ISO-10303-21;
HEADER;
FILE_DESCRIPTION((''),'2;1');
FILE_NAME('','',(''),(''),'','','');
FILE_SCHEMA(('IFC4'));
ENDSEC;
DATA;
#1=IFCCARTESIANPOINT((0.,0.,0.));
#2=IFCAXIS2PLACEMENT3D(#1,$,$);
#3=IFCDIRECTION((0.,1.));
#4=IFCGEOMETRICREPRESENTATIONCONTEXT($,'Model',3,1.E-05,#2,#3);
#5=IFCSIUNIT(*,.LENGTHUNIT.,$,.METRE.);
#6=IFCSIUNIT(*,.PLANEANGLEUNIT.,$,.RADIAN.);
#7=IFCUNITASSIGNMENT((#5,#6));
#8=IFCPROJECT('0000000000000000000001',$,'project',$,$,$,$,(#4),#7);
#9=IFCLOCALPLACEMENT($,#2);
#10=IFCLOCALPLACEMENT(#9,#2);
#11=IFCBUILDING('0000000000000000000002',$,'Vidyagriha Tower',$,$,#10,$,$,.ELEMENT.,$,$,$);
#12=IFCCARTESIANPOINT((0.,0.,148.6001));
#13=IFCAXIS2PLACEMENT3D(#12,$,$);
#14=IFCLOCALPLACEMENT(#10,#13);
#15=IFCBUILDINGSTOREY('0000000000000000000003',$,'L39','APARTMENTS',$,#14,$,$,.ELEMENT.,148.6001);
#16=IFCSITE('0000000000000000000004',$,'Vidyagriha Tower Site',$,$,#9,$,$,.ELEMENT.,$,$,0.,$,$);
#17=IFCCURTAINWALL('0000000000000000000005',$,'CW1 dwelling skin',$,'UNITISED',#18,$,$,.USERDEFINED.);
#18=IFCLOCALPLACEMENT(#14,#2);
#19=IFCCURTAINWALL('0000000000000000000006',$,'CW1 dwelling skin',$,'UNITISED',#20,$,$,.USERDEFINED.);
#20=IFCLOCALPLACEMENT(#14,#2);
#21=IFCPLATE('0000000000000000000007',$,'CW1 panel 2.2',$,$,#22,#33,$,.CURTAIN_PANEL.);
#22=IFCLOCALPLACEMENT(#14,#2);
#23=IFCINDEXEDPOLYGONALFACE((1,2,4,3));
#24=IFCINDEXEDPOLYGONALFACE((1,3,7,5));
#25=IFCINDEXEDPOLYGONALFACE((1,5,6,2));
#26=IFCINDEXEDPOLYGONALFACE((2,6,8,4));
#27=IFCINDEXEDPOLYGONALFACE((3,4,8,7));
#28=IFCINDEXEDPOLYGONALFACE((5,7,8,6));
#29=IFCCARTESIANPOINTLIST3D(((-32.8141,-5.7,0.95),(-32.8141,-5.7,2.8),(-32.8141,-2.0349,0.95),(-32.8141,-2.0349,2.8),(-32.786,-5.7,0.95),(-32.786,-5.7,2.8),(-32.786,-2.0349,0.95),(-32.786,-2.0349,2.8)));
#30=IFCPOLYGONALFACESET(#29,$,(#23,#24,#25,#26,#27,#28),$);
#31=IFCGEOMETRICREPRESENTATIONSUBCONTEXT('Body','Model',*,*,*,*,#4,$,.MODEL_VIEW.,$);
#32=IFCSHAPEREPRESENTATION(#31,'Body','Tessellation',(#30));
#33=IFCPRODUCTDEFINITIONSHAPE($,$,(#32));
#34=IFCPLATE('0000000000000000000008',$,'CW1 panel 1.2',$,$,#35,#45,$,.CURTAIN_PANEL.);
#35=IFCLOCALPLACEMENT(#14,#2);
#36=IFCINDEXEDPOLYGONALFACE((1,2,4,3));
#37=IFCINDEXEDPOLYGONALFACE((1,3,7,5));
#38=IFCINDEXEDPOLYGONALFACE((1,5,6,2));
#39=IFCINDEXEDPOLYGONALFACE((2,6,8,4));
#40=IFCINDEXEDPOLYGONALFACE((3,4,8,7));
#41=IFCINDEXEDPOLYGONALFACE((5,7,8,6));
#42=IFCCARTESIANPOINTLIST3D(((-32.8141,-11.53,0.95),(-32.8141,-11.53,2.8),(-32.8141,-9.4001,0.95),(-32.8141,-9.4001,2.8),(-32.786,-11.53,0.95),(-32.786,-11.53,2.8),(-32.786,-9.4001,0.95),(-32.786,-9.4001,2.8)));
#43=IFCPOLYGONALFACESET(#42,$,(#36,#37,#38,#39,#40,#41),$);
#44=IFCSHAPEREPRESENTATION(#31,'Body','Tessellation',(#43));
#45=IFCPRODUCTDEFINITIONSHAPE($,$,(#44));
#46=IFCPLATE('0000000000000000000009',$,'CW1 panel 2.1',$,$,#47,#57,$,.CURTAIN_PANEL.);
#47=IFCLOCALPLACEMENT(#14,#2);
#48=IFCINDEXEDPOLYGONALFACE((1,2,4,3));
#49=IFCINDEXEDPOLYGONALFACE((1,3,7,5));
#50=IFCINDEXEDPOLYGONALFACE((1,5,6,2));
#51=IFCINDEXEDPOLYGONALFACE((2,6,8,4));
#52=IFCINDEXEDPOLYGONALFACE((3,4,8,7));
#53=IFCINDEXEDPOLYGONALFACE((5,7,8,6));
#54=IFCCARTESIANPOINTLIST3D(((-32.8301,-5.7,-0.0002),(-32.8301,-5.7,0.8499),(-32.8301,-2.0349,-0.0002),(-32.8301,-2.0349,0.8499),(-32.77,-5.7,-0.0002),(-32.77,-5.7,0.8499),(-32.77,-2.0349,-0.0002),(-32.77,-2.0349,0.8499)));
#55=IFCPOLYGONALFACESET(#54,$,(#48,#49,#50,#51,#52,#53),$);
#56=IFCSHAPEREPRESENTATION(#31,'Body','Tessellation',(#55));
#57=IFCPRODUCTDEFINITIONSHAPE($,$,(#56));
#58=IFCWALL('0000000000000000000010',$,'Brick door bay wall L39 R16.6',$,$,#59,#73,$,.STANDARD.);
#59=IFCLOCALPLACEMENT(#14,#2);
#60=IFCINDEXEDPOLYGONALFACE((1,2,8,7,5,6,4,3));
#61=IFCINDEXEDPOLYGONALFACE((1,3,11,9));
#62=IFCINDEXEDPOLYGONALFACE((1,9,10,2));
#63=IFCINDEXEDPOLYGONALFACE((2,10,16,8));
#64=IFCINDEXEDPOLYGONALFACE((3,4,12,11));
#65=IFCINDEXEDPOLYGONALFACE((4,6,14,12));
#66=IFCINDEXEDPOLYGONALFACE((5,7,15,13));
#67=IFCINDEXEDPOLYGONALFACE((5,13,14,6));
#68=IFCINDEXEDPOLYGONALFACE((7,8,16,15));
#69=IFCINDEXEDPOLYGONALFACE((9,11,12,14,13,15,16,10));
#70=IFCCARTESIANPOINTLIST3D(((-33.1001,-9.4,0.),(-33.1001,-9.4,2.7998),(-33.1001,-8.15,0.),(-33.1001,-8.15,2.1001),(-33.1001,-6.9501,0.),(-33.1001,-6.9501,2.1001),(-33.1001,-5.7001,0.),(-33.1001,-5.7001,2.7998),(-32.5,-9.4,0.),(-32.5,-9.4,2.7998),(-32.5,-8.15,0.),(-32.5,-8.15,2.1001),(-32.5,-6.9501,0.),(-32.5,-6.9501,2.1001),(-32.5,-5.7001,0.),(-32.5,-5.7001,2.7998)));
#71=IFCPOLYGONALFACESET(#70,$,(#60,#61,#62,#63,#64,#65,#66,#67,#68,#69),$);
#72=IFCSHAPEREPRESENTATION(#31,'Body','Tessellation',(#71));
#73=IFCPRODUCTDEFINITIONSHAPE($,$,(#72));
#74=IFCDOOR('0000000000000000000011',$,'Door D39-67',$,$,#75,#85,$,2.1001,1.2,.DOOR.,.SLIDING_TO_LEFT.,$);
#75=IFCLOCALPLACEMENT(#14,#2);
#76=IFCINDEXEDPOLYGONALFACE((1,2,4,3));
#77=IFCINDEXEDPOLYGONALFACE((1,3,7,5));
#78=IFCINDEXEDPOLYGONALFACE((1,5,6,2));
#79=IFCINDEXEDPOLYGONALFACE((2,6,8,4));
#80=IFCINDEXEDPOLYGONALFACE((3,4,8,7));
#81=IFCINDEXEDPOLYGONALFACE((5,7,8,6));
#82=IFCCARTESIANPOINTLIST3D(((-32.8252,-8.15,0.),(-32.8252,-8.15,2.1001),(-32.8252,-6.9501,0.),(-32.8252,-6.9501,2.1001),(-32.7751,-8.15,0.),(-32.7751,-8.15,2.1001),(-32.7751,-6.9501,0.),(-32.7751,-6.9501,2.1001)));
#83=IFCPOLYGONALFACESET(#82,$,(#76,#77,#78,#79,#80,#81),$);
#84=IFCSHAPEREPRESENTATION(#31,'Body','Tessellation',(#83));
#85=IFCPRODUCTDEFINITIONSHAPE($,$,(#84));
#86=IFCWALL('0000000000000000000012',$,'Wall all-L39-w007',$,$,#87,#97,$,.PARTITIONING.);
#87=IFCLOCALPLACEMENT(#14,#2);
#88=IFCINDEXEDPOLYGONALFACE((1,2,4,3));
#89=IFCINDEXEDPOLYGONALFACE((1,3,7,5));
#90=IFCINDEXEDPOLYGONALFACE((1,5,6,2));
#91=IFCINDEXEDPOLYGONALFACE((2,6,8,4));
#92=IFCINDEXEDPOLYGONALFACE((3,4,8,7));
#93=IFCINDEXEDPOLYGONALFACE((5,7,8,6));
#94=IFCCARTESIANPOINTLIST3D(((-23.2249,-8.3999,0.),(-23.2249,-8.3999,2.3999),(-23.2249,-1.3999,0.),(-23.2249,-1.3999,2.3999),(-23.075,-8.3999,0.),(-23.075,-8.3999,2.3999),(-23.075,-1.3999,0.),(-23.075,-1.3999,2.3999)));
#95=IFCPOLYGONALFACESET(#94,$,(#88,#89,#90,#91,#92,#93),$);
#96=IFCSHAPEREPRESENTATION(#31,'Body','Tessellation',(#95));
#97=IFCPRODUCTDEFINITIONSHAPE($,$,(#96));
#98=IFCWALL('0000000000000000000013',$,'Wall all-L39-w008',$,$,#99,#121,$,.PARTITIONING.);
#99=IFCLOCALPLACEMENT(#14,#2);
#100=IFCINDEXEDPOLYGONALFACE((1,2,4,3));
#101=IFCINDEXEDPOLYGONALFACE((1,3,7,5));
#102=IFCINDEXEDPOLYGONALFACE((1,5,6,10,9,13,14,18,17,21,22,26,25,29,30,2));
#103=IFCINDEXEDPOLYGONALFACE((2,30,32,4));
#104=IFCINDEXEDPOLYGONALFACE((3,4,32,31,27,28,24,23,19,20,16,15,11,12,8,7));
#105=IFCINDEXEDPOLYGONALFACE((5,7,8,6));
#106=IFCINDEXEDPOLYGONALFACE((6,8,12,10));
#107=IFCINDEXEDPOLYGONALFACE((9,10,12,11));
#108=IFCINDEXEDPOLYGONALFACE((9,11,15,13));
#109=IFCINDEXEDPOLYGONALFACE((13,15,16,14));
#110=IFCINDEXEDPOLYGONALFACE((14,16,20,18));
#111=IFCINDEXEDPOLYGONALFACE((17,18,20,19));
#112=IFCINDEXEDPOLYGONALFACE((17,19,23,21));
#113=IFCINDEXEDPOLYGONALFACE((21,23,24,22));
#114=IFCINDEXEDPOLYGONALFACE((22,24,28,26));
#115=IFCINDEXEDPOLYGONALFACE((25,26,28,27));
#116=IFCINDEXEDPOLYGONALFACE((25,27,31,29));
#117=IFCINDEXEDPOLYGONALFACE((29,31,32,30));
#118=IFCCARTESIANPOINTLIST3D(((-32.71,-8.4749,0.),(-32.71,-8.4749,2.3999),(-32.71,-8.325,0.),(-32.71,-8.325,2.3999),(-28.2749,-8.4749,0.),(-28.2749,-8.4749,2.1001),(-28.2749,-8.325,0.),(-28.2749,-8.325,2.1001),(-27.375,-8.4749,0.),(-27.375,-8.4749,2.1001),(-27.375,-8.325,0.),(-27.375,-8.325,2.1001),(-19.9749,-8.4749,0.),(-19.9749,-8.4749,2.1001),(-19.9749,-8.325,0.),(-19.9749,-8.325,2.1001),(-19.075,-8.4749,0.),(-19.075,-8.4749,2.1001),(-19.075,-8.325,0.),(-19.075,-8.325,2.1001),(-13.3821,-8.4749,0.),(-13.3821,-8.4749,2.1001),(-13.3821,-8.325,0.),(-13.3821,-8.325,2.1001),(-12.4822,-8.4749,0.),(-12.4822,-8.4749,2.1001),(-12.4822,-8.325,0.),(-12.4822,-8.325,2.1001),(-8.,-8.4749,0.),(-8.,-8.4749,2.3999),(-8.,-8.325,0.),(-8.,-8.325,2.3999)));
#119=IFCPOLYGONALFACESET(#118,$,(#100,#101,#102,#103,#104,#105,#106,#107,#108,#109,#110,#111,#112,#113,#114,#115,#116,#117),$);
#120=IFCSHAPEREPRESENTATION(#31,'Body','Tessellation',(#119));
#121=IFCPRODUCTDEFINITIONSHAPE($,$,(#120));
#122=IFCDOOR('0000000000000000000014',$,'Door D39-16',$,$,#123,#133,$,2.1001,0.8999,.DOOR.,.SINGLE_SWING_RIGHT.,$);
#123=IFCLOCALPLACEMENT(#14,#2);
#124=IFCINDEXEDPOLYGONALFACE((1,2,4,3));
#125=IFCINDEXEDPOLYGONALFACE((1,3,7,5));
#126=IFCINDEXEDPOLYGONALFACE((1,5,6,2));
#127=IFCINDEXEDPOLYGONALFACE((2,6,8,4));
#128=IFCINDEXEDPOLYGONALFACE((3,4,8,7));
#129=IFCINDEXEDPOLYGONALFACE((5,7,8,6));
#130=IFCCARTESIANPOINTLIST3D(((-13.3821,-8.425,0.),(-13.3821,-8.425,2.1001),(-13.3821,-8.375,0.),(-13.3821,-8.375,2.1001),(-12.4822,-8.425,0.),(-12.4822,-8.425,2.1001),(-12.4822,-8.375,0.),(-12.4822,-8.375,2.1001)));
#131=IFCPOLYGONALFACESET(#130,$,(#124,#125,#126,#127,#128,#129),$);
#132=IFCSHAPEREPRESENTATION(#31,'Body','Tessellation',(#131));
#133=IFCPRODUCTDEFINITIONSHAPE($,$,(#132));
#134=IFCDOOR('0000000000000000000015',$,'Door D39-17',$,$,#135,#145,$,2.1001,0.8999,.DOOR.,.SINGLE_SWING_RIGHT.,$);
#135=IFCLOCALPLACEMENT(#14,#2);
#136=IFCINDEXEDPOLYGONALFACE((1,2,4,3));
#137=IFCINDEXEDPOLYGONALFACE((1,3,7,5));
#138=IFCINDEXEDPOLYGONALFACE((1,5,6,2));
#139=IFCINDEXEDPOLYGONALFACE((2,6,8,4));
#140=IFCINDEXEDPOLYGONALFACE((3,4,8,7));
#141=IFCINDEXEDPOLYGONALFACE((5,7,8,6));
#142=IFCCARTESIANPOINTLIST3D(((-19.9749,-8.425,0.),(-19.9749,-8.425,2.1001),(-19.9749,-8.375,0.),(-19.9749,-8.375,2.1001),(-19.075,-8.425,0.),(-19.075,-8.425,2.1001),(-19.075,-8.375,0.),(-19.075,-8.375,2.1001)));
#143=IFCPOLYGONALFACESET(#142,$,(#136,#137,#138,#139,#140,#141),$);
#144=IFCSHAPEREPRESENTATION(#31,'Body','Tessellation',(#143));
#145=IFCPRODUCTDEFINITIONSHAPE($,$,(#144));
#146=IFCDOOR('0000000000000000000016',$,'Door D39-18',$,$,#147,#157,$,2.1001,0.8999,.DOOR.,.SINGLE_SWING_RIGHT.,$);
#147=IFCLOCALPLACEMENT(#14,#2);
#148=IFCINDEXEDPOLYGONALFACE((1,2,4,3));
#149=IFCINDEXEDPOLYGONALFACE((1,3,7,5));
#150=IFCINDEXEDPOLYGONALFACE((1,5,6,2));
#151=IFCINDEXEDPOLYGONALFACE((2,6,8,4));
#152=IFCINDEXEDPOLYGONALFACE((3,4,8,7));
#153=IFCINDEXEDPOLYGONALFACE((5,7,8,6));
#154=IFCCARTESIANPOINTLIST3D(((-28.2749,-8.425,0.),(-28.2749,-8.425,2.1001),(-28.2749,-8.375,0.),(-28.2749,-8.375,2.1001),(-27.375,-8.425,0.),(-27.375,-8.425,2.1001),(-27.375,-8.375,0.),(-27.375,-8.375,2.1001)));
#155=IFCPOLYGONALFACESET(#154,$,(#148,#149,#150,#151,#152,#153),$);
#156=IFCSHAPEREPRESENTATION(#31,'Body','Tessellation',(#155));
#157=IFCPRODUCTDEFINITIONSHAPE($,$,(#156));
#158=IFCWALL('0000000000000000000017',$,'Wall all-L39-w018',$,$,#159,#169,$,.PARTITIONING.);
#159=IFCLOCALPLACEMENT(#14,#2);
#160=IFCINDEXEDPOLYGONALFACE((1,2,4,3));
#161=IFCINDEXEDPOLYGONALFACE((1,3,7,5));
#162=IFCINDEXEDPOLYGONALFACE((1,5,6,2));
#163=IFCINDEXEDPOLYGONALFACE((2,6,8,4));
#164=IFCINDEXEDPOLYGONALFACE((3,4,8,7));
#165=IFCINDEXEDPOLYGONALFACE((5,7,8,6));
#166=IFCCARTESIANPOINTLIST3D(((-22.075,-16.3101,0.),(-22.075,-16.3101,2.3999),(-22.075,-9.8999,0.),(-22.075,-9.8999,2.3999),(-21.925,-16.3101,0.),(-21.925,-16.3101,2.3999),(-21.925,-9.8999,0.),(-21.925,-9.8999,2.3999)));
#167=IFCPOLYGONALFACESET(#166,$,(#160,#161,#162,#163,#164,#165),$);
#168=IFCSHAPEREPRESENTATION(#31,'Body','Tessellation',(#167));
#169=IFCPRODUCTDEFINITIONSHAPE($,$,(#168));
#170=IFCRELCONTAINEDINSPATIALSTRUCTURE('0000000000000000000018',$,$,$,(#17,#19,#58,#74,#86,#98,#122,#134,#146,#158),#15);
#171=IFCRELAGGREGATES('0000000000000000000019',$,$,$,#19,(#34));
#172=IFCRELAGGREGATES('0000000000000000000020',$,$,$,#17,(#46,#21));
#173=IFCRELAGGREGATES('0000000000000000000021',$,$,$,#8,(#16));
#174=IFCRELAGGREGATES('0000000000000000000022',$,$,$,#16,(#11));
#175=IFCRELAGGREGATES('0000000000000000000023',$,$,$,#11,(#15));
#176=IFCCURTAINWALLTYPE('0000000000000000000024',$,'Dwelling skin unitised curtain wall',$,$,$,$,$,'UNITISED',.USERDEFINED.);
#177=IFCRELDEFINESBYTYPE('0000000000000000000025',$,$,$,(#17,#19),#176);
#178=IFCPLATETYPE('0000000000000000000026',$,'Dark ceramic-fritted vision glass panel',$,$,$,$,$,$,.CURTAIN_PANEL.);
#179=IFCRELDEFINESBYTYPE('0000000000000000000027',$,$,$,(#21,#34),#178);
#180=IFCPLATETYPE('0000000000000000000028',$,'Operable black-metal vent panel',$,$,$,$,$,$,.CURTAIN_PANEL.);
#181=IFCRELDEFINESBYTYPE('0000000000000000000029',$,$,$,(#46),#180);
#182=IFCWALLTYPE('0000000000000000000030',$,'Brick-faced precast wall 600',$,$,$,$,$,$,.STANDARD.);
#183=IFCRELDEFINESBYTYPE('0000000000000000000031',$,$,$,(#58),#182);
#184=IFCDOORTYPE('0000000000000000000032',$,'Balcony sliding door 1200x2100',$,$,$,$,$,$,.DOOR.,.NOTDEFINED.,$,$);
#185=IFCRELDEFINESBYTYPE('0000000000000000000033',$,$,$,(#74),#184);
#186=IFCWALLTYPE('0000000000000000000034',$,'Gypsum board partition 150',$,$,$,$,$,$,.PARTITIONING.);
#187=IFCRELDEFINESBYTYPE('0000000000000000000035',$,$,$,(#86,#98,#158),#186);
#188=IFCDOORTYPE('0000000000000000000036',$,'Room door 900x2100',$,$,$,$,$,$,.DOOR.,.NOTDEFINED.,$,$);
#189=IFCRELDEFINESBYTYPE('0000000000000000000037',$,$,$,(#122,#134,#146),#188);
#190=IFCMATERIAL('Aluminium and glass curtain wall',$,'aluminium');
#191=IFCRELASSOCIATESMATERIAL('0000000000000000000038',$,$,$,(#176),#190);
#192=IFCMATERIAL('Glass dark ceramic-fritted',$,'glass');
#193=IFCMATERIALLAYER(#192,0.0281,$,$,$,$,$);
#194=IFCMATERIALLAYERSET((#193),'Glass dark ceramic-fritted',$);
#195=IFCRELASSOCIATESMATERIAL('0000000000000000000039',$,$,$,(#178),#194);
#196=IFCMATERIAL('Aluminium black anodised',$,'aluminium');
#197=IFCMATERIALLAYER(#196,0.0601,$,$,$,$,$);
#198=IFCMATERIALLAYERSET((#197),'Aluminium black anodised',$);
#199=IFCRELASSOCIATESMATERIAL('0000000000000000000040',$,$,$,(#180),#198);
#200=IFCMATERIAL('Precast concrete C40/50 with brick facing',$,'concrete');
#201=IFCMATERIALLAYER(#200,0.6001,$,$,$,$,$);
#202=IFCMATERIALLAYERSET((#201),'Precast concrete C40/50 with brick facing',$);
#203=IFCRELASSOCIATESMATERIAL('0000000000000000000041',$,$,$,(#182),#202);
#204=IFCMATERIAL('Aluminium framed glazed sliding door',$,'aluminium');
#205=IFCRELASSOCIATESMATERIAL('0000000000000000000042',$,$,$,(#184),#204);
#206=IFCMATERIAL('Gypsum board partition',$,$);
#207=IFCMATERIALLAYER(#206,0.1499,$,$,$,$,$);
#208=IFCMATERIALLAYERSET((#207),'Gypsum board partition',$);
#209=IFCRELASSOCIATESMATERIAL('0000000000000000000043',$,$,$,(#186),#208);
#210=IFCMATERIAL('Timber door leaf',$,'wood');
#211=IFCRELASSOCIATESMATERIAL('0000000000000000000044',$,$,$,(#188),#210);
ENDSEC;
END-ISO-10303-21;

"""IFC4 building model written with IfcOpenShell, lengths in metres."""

from ifc_helpers import new_model, si_unit, direction, frame, frame_2d, origin, origin_2d, place, context, subcontext, project, spatial, rectangle, extrude, material, layer, layer_set, type_object, element, fill, aggregate, save


model = new_model("IFC4")

# Units and contexts
model_context = context("Model", 3, precision=1e-05, world=origin(), true_north=direction((0.0, 1.0)))
body_context = subcontext(model_context, "Body", "Model", "MODEL_VIEW")
ifc_project = project(units=[si_unit("LENGTHUNIT", "METRE"), si_unit("PLANEANGLEUNIT", "RADIAN")], contexts=[model_context])

# Site, building, storey
site_placement = place(None, origin())
site = spatial("IfcSite", under=ifc_project, at=site_placement, Name="Vidyagriha Tower Site", CompositionType="ELEMENT", RefElevation=0.0)
building_placement = place(site_placement, origin())
building = spatial("IfcBuilding", under=site, at=building_placement, Name="Vidyagriha Tower", CompositionType="ELEMENT")
storey_placement = place(building_placement, frame((0.0, 0.0, 148.6001)))
storey = spatial("IfcBuildingStorey", under=building, at=storey_placement, Name="L39", Description="APARTMENTS", CompositionType="ELEMENT", Elevation=148.6001)

# Curtain wall
ifc_material_1 = material(Name="Aluminium and glass curtain wall", Category="aluminium")
curtain_wall_type = type_object("IfcCurtainWallType", Name="Dwelling skin unitised curtain wall", ElementType="UNITISED", PredefinedType="USERDEFINED", material=ifc_material_1)
curtain_wall_1_placement = place(storey_placement, origin())
curtain_wall_1 = element("IfcCurtainWall", 1, at=curtain_wall_1_placement, inside=storey, type_object=curtain_wall_type, Name="CW1 dwelling skin", ObjectType="UNITISED", PredefinedType="USERDEFINED")

# Curtain wall
curtain_wall_2_placement = place(storey_placement, origin())
curtain_wall_2 = element("IfcCurtainWall", 2, at=curtain_wall_2_placement, inside=storey, type_object=curtain_wall_type, Name="CW1 dwelling skin", ObjectType="UNITISED", PredefinedType="USERDEFINED")

# Plates
ifc_material_2 = material(Name="Glass dark ceramic-fritted", Category="glass")
ifc_layer_1 = layer(ifc_material_2, 0.0281)
ifc_layer_set_1 = layer_set([ifc_layer_1], Name="Glass dark ceramic-fritted")
plate_type_1 = type_object("IfcPlateType", Name="Dark ceramic-fritted vision glass panel", PredefinedType="CURTAIN_PANEL", material=ifc_layer_set_1)
plate_1_placement = place(storey_placement, frame((-32.8, -3.8674, 0.95), z_axis=(0.0, 0.0, 1.0), x_axis=(0.0, -1.0, 0.0)))
plate_1 = element("IfcPlate", 3, at=plate_1_placement, type_object=plate_type_1, Name="CW1 panel 2.2", PredefinedType="CURTAIN_PANEL", context=body_context, shape_type="SweptSolid", body=[
    extrude(rectangle(XDim=3.665, YDim=0.0281, at=origin_2d()), origin(), (0.0, 0.0, 1.0), 1.8501),
])
plate_2_placement = place(storey_placement, frame((-32.8, -10.4651, 0.95), z_axis=(0.0, 0.0, 1.0), x_axis=(0.0, -1.0, 0.0)))
plate_2 = element("IfcPlate", 4, at=plate_2_placement, type_object=plate_type_1, Name="CW1 panel 1.2", PredefinedType="CURTAIN_PANEL", context=body_context, shape_type="SweptSolid", body=[
    extrude(rectangle(XDim=2.1299, YDim=0.0281, at=origin_2d()), origin(), (0.0, 0.0, 1.0), 1.8501),
])
aggregate(curtain_wall_2, [plate_2])
ifc_material_3 = material(Name="Aluminium black anodised", Category="aluminium")
ifc_layer_2 = layer(ifc_material_3, 0.0601)
ifc_layer_set_2 = layer_set([ifc_layer_2], Name="Aluminium black anodised")
plate_type_2 = type_object("IfcPlateType", Name="Operable black-metal vent panel", PredefinedType="CURTAIN_PANEL", material=ifc_layer_set_2)
plate_3_placement = place(storey_placement, frame((-32.8, -3.8674, -0.0002), z_axis=(0.0, 0.0, 1.0), x_axis=(0.0, -1.0, 0.0)))
plate_3 = element("IfcPlate", 5, at=plate_3_placement, type_object=plate_type_2, Name="CW1 panel 2.1", PredefinedType="CURTAIN_PANEL", context=body_context, shape_type="SweptSolid", body=[
    extrude(rectangle(XDim=3.665, YDim=0.0601, at=origin_2d()), origin(), (0.0, 0.0, 1.0), 0.8501),
])
aggregate(curtain_wall_1, [plate_3, plate_1])

# Wall, opening, door
ifc_material_4 = material(Name="Precast concrete C40/50 with brick facing", Category="concrete")
ifc_layer_3 = layer(ifc_material_4, 0.6001)
ifc_layer_set_3 = layer_set([ifc_layer_3], Name="Precast concrete C40/50 with brick facing")
wall_type_1 = type_object("IfcWallType", Name="Brick-faced precast wall 600", PredefinedType="STANDARD", material=ifc_layer_set_3)
wall_1_placement = place(storey_placement, frame((-32.8, -5.7, 0.0), z_axis=(0.0, 0.0, 1.0), x_axis=(0.0, -1.0, 0.0)))
wall_1 = element("IfcWall", 6, at=wall_1_placement, inside=storey, type_object=wall_type_1, Name="Brick door bay wall L39 R16.6", PredefinedType="STANDARD", context=body_context, shape_type="SweptSolid", body=[
    extrude(rectangle(XDim=3.7, YDim=0.6001, at=frame_2d((1.8501, 0.0))), origin(), (0.0, 0.0, 1.0), 2.7998),
])
opening_1_placement = place(wall_1_placement, frame((1.25, 0.0, 0.0)))
opening_1 = element("IfcOpeningElement", 7, at=opening_1_placement, cuts=wall_1, PredefinedType="OPENING", context=body_context, shape_type="SweptSolid", body=[
    extrude(rectangle(XDim=1.2, YDim=2.1001, at=frame_2d((0.6001, 1.05))), frame((0.0, 0.3101, 0.0), z_axis=(0.0, -1.0, 0.0), x_axis=(1.0, 0.0, 0.0)), (0.0, 0.0, 1.0), 0.6201),
])
ifc_material_5 = material(Name="Aluminium framed glazed sliding door", Category="aluminium")
door_type_1 = type_object("IfcDoorType", Name="Balcony sliding door 1200x2100", OperationType="NOTDEFINED", PredefinedType="DOOR", material=ifc_material_5)
door_1_placement = place(opening_1_placement, origin())
door_1 = element("IfcDoor", 8, at=door_1_placement, inside=storey, type_object=door_type_1, Name="Door D39-67", OperationType="SLIDING_TO_LEFT", OverallHeight=2.1001, OverallWidth=1.2, PredefinedType="DOOR", context=body_context, shape_type="SweptSolid", body=[
    extrude(rectangle(XDim=1.2, YDim=2.1001, at=frame_2d((0.6001, 1.05))), frame((0.0, 0.0249, 0.0), z_axis=(0.0, -1.0, 0.0), x_axis=(1.0, 0.0, 0.0)), (0.0, 0.0, 1.0), 0.05),
])
fill(opening_1, door_1)

# Wall
ifc_material_6 = material(Name="Gypsum board partition")
ifc_layer_4 = layer(ifc_material_6, 0.1499)
ifc_layer_set_4 = layer_set([ifc_layer_4], Name="Gypsum board partition")
wall_type_2 = type_object("IfcWallType", Name="Gypsum board partition 150", PredefinedType="PARTITIONING", material=ifc_layer_set_4)
wall_2_placement = place(storey_placement, frame((-23.1499, -8.3999, 0.0), z_axis=(0.0, 0.0, 1.0), x_axis=(0.0, 1.0, 0.0)))
element("IfcWall", 9, at=wall_2_placement, inside=storey, type_object=wall_type_2, Name="Wall all-L39-w007", PredefinedType="PARTITIONING", context=body_context, shape_type="SweptSolid", body=[
    extrude(rectangle(XDim=7.0, YDim=0.1499, at=frame_2d((3.5, 0.0))), origin(), (0.0, 0.0, 1.0), 2.3999),
])

# Wall, openings, doors
wall_3_placement = place(storey_placement, frame((-32.71, -8.3999, 0.0)))
wall_3 = element("IfcWall", 10, at=wall_3_placement, inside=storey, type_object=wall_type_2, Name="Wall all-L39-w008", PredefinedType="PARTITIONING", context=body_context, shape_type="SweptSolid", body=[
    extrude(rectangle(XDim=24.71, YDim=0.1499, at=frame_2d((12.355, 0.0))), origin(), (0.0, 0.0, 1.0), 2.3999),
])
opening_2_placement = place(wall_3_placement, frame((19.3279, 0.0, 0.0)))
opening_2 = element("IfcOpeningElement", 11, at=opening_2_placement, cuts=wall_3, PredefinedType="OPENING", context=body_context, shape_type="SweptSolid", body=[
    extrude(rectangle(XDim=0.8999, YDim=2.1001, at=frame_2d((0.45, 1.05))), frame((0.0, 0.085, 0.0), z_axis=(0.0, -1.0, 0.0), x_axis=(1.0, 0.0, 0.0)), (0.0, 0.0, 1.0), 0.1699),
])
opening_3_placement = place(wall_3_placement, frame((12.7351, 0.0, 0.0)))
opening_3 = element("IfcOpeningElement", 12, at=opening_3_placement, cuts=wall_3, PredefinedType="OPENING", context=body_context, shape_type="SweptSolid", body=[
    extrude(rectangle(XDim=0.8999, YDim=2.1001, at=frame_2d((0.45, 1.05))), frame((0.0, 0.085, 0.0), z_axis=(0.0, -1.0, 0.0), x_axis=(1.0, 0.0, 0.0)), (0.0, 0.0, 1.0), 0.1699),
])
opening_4_placement = place(wall_3_placement, frame((4.4351, 0.0, 0.0)))
opening_4 = element("IfcOpeningElement", 13, at=opening_4_placement, cuts=wall_3, PredefinedType="OPENING", context=body_context, shape_type="SweptSolid", body=[
    extrude(rectangle(XDim=0.8999, YDim=2.1001, at=frame_2d((0.45, 1.05))), frame((0.0, 0.085, 0.0), z_axis=(0.0, -1.0, 0.0), x_axis=(1.0, 0.0, 0.0)), (0.0, 0.0, 1.0), 0.1699),
])
ifc_material_7 = material(Name="Timber door leaf", Category="wood")
door_type_2 = type_object("IfcDoorType", Name="Room door 900x2100", OperationType="NOTDEFINED", PredefinedType="DOOR", material=ifc_material_7)
door_2_placement = place(opening_2_placement, origin())
door_2 = element("IfcDoor", 14, at=door_2_placement, inside=storey, type_object=door_type_2, Name="Door D39-16", OperationType="SINGLE_SWING_RIGHT", OverallHeight=2.1001, OverallWidth=0.8999, PredefinedType="DOOR", context=body_context, shape_type="SweptSolid", body=[
    extrude(rectangle(XDim=0.8999, YDim=2.1001, at=frame_2d((0.45, 1.05))), frame((0.0, 0.0249, 0.0), z_axis=(0.0, -1.0, 0.0), x_axis=(1.0, 0.0, 0.0)), (0.0, 0.0, 1.0), 0.05),
])
fill(opening_2, door_2)
door_3_placement = place(opening_3_placement, origin())
door_3 = element("IfcDoor", 15, at=door_3_placement, inside=storey, type_object=door_type_2, Name="Door D39-17", OperationType="SINGLE_SWING_RIGHT", OverallHeight=2.1001, OverallWidth=0.8999, PredefinedType="DOOR", context=body_context, shape_type="SweptSolid", body=[
    extrude(rectangle(XDim=0.8999, YDim=2.1001, at=frame_2d((0.45, 1.05))), frame((0.0, 0.0249, 0.0), z_axis=(0.0, -1.0, 0.0), x_axis=(1.0, 0.0, 0.0)), (0.0, 0.0, 1.0), 0.05),
])
fill(opening_3, door_3)
door_4_placement = place(opening_4_placement, origin())
door_4 = element("IfcDoor", 16, at=door_4_placement, inside=storey, type_object=door_type_2, Name="Door D39-18", OperationType="SINGLE_SWING_RIGHT", OverallHeight=2.1001, OverallWidth=0.8999, PredefinedType="DOOR", context=body_context, shape_type="SweptSolid", body=[
    extrude(rectangle(XDim=0.8999, YDim=2.1001, at=frame_2d((0.45, 1.05))), frame((0.0, 0.0249, 0.0), z_axis=(0.0, -1.0, 0.0), x_axis=(1.0, 0.0, 0.0)), (0.0, 0.0, 1.0), 0.05),
])
fill(opening_4, door_4)

# Wall
wall_4_placement = place(storey_placement, frame((-22.0, -9.8999, 0.0), z_axis=(0.0, 0.0, 1.0), x_axis=(0.0, -1.0, 0.0)))
element("IfcWall", 17, at=wall_4_placement, inside=storey, type_object=wall_type_2, Name="Wall all-L39-w018", PredefinedType="PARTITIONING", context=body_context, shape_type="SweptSolid", body=[
    extrude(rectangle(XDim=6.4102, YDim=0.1499, at=frame_2d((3.2051, 0.0))), origin(), (0.0, 0.0, 1.0), 2.3999),
])

save(model, "model.ifc")
